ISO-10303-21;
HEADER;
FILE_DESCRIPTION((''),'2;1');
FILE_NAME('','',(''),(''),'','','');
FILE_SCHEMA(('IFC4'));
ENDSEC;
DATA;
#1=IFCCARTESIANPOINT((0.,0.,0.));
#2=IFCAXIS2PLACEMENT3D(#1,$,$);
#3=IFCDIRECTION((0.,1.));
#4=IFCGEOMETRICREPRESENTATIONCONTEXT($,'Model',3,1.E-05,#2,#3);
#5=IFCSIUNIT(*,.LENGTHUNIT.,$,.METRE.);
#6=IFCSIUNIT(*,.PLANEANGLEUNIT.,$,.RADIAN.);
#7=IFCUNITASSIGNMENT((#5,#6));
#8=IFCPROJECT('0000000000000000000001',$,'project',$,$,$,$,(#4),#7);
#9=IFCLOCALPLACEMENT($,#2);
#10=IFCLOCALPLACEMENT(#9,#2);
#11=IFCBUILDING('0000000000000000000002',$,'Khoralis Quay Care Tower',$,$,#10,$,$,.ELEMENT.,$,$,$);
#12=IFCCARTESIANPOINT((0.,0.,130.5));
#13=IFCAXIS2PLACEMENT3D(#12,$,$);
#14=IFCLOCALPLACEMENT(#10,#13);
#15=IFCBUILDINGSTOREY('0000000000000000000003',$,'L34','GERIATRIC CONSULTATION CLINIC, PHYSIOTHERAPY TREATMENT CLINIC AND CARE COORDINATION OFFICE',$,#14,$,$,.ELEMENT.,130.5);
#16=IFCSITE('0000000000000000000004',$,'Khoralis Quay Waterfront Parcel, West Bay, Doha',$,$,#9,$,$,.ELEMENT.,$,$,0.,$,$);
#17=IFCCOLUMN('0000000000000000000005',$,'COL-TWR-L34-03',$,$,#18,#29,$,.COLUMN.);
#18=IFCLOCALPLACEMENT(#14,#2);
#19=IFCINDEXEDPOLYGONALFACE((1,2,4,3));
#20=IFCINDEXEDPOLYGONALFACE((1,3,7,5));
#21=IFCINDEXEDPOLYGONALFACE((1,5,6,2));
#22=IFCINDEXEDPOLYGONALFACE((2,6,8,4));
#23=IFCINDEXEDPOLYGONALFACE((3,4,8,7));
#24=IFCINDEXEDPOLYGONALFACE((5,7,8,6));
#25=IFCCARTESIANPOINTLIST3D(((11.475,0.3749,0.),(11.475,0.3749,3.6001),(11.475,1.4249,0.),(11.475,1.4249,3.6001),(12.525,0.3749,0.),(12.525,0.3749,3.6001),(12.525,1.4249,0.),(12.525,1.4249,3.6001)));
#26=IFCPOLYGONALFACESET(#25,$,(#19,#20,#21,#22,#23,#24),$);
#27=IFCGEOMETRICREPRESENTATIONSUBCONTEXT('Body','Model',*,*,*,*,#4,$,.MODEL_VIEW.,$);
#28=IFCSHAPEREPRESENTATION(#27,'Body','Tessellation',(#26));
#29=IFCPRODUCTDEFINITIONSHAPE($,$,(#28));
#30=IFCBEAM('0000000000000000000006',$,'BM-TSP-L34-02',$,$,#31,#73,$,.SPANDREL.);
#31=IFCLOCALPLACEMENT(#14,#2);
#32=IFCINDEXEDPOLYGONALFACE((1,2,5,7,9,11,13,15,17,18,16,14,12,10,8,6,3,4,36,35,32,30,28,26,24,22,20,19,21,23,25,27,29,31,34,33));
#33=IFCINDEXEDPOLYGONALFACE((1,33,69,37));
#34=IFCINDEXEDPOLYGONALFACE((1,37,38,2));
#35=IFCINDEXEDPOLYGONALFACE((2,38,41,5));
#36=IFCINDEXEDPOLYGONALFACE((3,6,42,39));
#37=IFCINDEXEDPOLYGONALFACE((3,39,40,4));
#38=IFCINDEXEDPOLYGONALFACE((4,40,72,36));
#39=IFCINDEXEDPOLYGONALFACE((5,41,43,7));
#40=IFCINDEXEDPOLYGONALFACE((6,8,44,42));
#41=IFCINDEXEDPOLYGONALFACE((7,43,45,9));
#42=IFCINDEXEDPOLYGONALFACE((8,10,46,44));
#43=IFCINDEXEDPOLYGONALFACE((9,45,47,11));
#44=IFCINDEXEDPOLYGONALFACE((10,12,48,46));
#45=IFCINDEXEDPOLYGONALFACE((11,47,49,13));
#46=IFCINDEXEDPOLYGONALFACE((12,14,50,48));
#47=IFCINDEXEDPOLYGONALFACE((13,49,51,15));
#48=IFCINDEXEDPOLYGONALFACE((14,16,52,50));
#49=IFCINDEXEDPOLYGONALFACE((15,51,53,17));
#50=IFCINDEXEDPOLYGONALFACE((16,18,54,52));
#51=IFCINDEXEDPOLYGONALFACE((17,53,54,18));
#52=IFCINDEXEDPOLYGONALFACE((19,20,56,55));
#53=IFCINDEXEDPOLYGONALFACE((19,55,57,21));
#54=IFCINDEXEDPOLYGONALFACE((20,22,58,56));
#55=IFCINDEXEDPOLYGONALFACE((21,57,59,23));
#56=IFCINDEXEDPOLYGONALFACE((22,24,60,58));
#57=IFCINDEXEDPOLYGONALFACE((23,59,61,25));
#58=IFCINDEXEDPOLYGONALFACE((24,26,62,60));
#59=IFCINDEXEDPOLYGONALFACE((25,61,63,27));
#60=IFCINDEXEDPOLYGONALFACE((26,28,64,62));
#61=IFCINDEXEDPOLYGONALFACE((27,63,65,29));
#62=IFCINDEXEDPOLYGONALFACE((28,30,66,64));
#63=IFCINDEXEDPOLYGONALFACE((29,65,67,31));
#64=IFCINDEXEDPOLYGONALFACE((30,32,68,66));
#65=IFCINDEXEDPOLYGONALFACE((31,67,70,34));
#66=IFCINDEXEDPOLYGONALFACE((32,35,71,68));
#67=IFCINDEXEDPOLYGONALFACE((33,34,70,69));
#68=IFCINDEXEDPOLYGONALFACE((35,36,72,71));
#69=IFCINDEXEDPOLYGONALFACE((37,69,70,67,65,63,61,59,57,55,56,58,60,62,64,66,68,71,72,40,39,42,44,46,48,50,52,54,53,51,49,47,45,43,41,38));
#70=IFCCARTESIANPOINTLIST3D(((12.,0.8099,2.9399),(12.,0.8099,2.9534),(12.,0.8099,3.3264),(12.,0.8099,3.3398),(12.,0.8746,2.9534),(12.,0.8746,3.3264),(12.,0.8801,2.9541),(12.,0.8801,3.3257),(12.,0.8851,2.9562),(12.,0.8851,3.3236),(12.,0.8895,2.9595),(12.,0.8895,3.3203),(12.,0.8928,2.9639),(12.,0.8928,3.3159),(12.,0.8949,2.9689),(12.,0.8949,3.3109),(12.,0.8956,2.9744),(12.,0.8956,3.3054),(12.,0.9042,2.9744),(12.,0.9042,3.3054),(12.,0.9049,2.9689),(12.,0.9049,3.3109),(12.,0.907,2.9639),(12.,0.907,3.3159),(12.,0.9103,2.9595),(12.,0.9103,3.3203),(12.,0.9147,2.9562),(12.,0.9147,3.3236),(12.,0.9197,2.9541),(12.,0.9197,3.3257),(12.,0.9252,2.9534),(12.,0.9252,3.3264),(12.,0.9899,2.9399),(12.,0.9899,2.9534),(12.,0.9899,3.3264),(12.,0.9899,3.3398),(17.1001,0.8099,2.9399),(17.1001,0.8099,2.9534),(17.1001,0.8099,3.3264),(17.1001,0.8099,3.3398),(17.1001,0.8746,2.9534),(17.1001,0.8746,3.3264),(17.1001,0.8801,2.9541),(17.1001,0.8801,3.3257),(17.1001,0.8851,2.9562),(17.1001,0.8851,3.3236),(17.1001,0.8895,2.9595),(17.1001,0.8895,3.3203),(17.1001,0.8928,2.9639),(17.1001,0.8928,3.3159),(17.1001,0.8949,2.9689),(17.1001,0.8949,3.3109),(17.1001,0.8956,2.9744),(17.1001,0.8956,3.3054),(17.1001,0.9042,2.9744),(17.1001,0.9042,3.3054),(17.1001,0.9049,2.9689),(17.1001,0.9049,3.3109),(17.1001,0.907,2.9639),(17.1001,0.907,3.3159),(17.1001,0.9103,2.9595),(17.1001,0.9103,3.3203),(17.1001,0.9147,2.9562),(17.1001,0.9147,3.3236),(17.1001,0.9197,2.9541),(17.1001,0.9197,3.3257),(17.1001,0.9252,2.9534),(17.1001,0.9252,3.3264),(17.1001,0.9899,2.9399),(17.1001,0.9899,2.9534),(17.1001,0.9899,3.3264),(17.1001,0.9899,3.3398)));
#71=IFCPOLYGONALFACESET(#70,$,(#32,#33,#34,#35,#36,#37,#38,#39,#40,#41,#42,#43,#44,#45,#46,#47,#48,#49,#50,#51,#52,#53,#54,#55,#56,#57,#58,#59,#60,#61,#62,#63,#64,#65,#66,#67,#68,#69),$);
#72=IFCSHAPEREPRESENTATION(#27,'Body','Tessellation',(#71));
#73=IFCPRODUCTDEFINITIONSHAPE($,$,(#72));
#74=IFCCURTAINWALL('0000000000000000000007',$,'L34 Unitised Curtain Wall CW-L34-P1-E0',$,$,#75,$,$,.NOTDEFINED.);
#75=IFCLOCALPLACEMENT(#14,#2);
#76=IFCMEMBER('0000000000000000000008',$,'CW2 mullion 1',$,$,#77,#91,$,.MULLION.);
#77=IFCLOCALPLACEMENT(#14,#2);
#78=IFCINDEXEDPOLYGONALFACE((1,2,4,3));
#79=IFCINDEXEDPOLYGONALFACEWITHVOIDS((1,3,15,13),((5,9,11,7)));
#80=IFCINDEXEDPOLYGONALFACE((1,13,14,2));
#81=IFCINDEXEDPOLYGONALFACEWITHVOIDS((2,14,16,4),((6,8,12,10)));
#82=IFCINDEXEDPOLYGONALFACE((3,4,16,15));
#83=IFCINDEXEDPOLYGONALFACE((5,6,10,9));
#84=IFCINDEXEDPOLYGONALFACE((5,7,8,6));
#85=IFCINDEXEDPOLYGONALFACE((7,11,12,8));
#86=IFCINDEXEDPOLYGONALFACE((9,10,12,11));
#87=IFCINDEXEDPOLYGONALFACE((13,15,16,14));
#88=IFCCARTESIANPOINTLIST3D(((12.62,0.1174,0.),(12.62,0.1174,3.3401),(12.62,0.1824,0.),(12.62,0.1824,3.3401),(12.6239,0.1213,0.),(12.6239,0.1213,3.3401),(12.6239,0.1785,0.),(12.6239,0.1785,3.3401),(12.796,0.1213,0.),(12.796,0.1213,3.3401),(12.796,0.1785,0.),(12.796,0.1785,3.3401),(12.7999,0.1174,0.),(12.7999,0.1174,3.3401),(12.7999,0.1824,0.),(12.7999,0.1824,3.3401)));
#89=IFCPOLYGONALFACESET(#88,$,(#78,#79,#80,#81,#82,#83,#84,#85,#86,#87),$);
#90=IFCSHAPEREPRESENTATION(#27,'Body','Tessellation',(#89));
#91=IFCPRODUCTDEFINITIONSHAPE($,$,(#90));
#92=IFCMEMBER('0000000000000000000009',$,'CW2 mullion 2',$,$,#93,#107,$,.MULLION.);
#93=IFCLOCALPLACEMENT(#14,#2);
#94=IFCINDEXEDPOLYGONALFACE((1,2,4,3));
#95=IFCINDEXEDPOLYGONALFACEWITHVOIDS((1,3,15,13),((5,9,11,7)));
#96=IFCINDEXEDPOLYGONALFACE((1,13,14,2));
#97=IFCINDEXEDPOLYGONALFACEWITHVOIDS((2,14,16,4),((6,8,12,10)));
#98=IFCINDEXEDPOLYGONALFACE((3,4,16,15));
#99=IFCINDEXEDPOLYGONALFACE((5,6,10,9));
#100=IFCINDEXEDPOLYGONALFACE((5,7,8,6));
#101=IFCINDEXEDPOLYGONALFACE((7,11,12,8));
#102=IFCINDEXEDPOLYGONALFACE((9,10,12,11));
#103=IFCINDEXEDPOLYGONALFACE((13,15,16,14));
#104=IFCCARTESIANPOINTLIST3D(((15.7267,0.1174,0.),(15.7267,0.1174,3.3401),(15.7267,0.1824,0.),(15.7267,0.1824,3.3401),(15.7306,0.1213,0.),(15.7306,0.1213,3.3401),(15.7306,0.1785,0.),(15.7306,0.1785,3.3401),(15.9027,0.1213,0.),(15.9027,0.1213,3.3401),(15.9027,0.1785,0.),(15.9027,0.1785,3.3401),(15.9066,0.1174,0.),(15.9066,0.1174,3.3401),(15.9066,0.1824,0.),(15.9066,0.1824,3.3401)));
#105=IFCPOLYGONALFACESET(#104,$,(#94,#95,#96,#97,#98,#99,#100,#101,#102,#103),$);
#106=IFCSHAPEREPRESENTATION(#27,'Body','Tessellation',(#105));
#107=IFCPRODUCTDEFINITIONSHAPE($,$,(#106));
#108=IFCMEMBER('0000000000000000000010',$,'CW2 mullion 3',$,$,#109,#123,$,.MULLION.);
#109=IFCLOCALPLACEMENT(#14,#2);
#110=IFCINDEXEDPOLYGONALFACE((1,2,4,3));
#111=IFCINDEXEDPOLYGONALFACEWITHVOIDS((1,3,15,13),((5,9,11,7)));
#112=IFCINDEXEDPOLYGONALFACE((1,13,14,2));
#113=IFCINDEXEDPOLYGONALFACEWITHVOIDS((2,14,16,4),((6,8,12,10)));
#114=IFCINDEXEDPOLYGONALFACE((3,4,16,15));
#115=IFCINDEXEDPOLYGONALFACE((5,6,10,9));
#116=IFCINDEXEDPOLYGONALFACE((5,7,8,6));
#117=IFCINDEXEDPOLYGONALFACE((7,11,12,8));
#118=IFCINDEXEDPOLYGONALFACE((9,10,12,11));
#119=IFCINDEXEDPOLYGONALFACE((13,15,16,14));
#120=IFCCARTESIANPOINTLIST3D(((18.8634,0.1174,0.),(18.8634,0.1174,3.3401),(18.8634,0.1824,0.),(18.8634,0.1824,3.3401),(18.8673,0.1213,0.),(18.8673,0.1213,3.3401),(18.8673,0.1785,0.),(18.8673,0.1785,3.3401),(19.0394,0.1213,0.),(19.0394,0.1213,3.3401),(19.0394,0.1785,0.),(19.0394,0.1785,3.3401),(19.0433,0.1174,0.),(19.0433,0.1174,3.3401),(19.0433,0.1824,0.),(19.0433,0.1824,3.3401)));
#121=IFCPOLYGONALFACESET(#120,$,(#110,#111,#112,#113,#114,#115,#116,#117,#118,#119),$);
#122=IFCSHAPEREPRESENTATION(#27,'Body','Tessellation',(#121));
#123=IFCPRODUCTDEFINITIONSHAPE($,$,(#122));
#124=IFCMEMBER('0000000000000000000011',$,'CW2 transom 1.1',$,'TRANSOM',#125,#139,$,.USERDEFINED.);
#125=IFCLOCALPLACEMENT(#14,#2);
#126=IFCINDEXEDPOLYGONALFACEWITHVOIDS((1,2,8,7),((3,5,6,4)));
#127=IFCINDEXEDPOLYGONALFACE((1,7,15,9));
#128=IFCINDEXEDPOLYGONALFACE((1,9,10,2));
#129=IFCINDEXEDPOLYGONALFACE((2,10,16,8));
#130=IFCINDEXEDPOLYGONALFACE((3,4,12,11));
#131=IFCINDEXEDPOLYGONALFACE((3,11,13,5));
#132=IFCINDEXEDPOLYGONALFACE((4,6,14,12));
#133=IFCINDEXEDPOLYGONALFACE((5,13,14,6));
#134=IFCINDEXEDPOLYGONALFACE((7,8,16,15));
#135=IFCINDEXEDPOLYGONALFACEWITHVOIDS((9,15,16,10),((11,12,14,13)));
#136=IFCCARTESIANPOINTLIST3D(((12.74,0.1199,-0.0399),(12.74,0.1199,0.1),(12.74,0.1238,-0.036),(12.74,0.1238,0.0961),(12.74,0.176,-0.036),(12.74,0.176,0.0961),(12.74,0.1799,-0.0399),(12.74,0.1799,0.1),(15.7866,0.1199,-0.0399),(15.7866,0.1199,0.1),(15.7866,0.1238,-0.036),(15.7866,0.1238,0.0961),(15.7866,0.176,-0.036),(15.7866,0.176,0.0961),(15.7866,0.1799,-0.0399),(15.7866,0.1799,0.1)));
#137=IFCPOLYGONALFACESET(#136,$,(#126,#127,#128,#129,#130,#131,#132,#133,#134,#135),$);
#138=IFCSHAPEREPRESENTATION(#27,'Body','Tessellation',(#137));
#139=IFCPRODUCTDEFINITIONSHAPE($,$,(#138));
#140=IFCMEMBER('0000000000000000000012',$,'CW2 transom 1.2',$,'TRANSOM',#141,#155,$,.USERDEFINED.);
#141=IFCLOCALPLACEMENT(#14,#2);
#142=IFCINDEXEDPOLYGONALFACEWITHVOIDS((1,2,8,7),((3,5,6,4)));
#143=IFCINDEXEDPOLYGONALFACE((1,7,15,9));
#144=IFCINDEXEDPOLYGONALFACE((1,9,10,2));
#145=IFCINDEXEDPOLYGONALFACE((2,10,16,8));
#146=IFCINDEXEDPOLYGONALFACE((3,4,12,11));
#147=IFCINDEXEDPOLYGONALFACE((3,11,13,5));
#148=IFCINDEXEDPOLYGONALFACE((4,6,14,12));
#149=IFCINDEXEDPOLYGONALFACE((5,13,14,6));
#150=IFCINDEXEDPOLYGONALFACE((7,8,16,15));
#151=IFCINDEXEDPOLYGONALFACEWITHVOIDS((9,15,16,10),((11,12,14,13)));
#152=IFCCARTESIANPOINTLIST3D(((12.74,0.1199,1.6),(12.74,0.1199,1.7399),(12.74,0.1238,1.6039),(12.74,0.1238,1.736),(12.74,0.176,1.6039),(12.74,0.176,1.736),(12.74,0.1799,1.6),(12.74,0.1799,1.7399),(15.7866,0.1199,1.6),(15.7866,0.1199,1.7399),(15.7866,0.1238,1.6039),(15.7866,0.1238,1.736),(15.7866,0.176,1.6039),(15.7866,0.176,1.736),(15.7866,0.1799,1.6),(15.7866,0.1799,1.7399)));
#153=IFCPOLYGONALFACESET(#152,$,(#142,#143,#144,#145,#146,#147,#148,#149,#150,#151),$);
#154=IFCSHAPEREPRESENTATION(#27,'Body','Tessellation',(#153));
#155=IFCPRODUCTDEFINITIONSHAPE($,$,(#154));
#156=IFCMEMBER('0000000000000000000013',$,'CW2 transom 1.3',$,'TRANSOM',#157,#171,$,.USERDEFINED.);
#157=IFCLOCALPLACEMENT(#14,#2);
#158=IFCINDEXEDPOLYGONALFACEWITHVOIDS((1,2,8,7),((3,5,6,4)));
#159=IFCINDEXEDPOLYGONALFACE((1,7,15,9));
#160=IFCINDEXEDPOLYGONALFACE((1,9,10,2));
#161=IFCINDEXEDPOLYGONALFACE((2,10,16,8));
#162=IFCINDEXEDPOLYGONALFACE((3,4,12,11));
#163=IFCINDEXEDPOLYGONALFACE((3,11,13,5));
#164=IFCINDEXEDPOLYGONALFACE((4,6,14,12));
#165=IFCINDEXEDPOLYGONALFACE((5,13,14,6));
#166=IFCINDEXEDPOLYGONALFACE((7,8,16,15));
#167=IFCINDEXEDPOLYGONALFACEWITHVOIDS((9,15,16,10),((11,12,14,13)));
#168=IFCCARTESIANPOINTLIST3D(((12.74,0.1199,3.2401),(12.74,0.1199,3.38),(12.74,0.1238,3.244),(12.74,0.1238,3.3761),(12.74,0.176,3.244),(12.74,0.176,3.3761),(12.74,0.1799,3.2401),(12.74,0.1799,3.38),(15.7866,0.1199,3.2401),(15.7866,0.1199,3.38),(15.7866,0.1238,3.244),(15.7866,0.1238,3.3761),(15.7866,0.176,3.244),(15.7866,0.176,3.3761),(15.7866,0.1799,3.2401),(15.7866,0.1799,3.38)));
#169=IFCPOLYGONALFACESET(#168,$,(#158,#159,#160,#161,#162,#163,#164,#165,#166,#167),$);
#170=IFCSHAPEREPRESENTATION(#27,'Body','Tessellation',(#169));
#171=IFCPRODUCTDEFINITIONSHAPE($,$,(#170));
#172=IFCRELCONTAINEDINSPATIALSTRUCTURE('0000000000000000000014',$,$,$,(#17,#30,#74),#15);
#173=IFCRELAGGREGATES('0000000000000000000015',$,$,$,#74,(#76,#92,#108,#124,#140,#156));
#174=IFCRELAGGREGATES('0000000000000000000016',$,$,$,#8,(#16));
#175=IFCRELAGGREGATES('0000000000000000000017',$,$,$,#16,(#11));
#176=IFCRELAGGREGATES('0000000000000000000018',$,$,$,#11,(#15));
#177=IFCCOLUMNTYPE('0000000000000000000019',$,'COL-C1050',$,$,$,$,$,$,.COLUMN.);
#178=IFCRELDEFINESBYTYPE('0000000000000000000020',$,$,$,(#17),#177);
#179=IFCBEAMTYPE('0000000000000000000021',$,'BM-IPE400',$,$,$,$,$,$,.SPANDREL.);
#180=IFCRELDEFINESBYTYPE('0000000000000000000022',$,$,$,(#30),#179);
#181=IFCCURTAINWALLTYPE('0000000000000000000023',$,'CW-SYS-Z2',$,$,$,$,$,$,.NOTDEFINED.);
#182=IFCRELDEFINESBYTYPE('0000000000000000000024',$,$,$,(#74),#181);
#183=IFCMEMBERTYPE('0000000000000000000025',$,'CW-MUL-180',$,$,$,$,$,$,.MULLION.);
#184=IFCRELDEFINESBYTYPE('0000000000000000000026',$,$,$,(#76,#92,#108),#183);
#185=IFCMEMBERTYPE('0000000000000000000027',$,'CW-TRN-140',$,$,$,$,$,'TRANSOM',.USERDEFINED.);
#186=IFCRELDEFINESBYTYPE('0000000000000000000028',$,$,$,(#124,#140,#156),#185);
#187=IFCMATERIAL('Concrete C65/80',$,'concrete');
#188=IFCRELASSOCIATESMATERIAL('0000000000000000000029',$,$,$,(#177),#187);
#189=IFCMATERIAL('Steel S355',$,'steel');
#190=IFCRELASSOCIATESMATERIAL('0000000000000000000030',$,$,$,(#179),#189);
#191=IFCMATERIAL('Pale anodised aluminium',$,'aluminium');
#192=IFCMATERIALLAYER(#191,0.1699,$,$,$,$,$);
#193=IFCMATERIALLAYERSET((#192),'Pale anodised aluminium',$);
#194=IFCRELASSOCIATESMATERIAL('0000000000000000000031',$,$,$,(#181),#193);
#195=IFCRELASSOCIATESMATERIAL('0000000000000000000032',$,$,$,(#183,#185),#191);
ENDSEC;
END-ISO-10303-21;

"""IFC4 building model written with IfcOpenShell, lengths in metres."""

from ifc_helpers import new_model, si_unit, direction, frame, origin, origin_2d, place, context, subcontext, project, spatial, rectangle, hollow_rectangle, i_section, extrude, source, transform, mapped, material, layer, layer_set, material_profile, profile_set, type_object, element, aggregate, save


model = new_model("IFC4")

# Units and contexts
model_context = context("Model", 3, precision=1e-05, world=origin(), true_north=direction((0.0, 1.0)))
body_context = subcontext(model_context, "Body", "Model", "MODEL_VIEW")
ifc_project = project(units=[si_unit("LENGTHUNIT", "METRE"), si_unit("PLANEANGLEUNIT", "RADIAN")], contexts=[model_context])

# Site, building, storey
site_placement = place(None, origin())
site = spatial("IfcSite", under=ifc_project, at=site_placement, Name="Khoralis Quay Waterfront Parcel, West Bay, Doha", CompositionType="ELEMENT", RefElevation=0.0)
building_placement = place(site_placement, origin())
building = spatial("IfcBuilding", under=site, at=building_placement, Name="Khoralis Quay Care Tower", CompositionType="ELEMENT")
storey_placement = place(building_placement, frame((0.0, 0.0, 130.5)))
storey = spatial("IfcBuildingStorey", under=building, at=storey_placement, Name="L34", Description="GERIATRIC CONSULTATION CLINIC, PHYSIOTHERAPY TREATMENT CLINIC AND CARE COORDINATION OFFICE", CompositionType="ELEMENT", Elevation=130.5)

# Column
ifc_material_1 = material(Name="Concrete C65/80", Category="concrete")
ifc_material_profile_1 = material_profile(ifc_material_1, rectangle(XDim=1.05, YDim=1.05, at=origin_2d()), Name="Concrete C65/80")
ifc_profile_set_1 = profile_set([ifc_material_profile_1], Name="Concrete C65/80")
column_type = type_object("IfcColumnType", Name="COL-C1050", PredefinedType="COLUMN", material=ifc_profile_set_1)
shared_shape_1 = source(origin(), body_context, "Body", "SweptSolid", [
    extrude(rectangle(XDim=1.05, YDim=1.05, at=origin_2d()), origin(), (0.0, 0.0, 1.0), 3.6001),
])
column_placement = place(storey_placement, frame((12.0, 0.8999, 0.0), z_axis=(0.0, 0.0, 1.0), x_axis=(1.0, 0.0, 0.0)))
element("IfcColumn", 1, at=column_placement, inside=storey, type_object=column_type, Name="COL-TWR-L34-03", PredefinedType="COLUMN", context=body_context, shape_type="MappedRepresentation", body=[
    mapped(shared_shape_1, transform((0.0, 0.0, 0.0), scale=1.0)),
])

# Beam
ifc_material_2 = material(Name="Steel S355", Category="steel")
ifc_material_profile_2 = material_profile(ifc_material_2, i_section(OverallWidth=0.1799, OverallDepth=0.3999, WebThickness=0.0085, FlangeThickness=0.0134, FilletRadius=0.021, at=origin_2d()), Name="Steel S355")
ifc_profile_set_2 = profile_set([ifc_material_profile_2], Name="Steel S355")
beam_type = type_object("IfcBeamType", Name="BM-IPE400", PredefinedType="SPANDREL", material=ifc_profile_set_2)
shared_shape_2 = source(origin(), body_context, "Body", "SweptSolid", [
    extrude(i_section(OverallWidth=0.1799, OverallDepth=0.3999, WebThickness=0.0085, FlangeThickness=0.0134, FilletRadius=0.021, at=origin_2d()), origin(), (0.0, 0.0, 1.0), 5.1001),
])
beam_placement = place(storey_placement, frame((12.0, 0.8999, 3.1399), z_axis=(1.0, 0.0, 0.0), x_axis=(0.0, 1.0, 0.0)))
element("IfcBeam", 2, at=beam_placement, inside=storey, type_object=beam_type, Name="BM-TSP-L34-02", PredefinedType="SPANDREL", context=body_context, shape_type="MappedRepresentation", body=[
    mapped(shared_shape_2, transform((0.0, 0.0, 0.0), scale=1.0)),
])

# Curtain wall, members
ifc_material_3 = material(Name="Pale anodised aluminium", Category="aluminium")
ifc_layer_1 = layer(ifc_material_3, 0.1699)
ifc_layer_set_1 = layer_set([ifc_layer_1], Name="Pale anodised aluminium")
curtain_wall_type = type_object("IfcCurtainWallType", Name="CW-SYS-Z2", PredefinedType="NOTDEFINED", material=ifc_layer_set_1)
curtain_wall_placement = place(storey_placement, origin())
curtain_wall = element("IfcCurtainWall", 3, at=curtain_wall_placement, inside=storey, type_object=curtain_wall_type, Name="L34 Unitised Curtain Wall CW-L34-P1-E0", PredefinedType="NOTDEFINED")
ifc_material_profile_3 = material_profile(ifc_material_3, hollow_rectangle(XDim=0.0649, YDim=0.1799, WallThickness=0.0039, at=origin_2d()), Name="Pale anodised aluminium")
ifc_profile_set_3 = profile_set([ifc_material_profile_3], Name="Pale anodised aluminium")
member_type_1 = type_object("IfcMemberType", Name="CW-MUL-180", PredefinedType="MULLION", material=ifc_profile_set_3)
shared_shape_3 = source(origin(), body_context, "Body", "SweptSolid", [
    extrude(hollow_rectangle(XDim=0.0649, YDim=0.1799, WallThickness=0.0039, at=origin_2d()), origin(), (0.0, 0.0, 1.0), 3.3401),
])
member_1_placement = place(storey_placement, frame((12.71, 0.1499, 0.0), z_axis=(0.0, 0.0, 1.0), x_axis=(0.0, 1.0, 0.0)))
member_1 = element("IfcMember", 4, at=member_1_placement, type_object=member_type_1, Name="CW2 mullion 1", PredefinedType="MULLION", context=body_context, shape_type="MappedRepresentation", body=[
    mapped(shared_shape_3, transform((0.0, 0.0, 0.0), scale=1.0)),
])
member_2_placement = place(storey_placement, frame((15.8167, 0.1499, 0.0), z_axis=(0.0, 0.0, 1.0), x_axis=(0.0, 1.0, 0.0)))
member_2 = element("IfcMember", 5, at=member_2_placement, type_object=member_type_1, Name="CW2 mullion 2", PredefinedType="MULLION", context=body_context, shape_type="MappedRepresentation", body=[
    mapped(shared_shape_3, transform((0.0, 0.0, 0.0), scale=1.0)),
])
member_3_placement = place(storey_placement, frame((18.9534, 0.1499, 0.0), z_axis=(0.0, 0.0, 1.0), x_axis=(0.0, 1.0, 0.0)))
member_3 = element("IfcMember", 6, at=member_3_placement, type_object=member_type_1, Name="CW2 mullion 3", PredefinedType="MULLION", context=body_context, shape_type="MappedRepresentation", body=[
    mapped(shared_shape_3, transform((0.0, 0.0, 0.0), scale=1.0)),
])
ifc_material_profile_4 = material_profile(ifc_material_3, hollow_rectangle(XDim=0.0601, YDim=0.1399, WallThickness=0.0039, at=origin_2d()), Name="Pale anodised aluminium")
ifc_profile_set_4 = profile_set([ifc_material_profile_4], Name="Pale anodised aluminium")
member_type_2 = type_object("IfcMemberType", Name="CW-TRN-140", ElementType="TRANSOM", PredefinedType="USERDEFINED", material=ifc_profile_set_4)
shared_shape_4 = source(origin(), body_context, "Body", "SweptSolid", [
    extrude(hollow_rectangle(XDim=0.0601, YDim=0.1399, WallThickness=0.0039, at=origin_2d()), origin(), (0.0, 0.0, 1.0), 3.0466),
])
member_4_placement = place(storey_placement, frame((12.74, 0.1499, 0.03), z_axis=(1.0, 0.0, 0.0), x_axis=(0.0, 1.0, 0.0)))
member_4 = element("IfcMember", 7, at=member_4_placement, type_object=member_type_2, Name="CW2 transom 1.1", ObjectType="TRANSOM", PredefinedType="USERDEFINED", context=body_context, shape_type="MappedRepresentation", body=[
    mapped(shared_shape_4, transform((0.0, 0.0, 0.0), scale=1.0)),
])
member_5_placement = place(storey_placement, frame((12.74, 0.1499, 1.6699), z_axis=(1.0, 0.0, 0.0), x_axis=(0.0, 1.0, 0.0)))
member_5 = element("IfcMember", 8, at=member_5_placement, type_object=member_type_2, Name="CW2 transom 1.2", ObjectType="TRANSOM", PredefinedType="USERDEFINED", context=body_context, shape_type="MappedRepresentation", body=[
    mapped(shared_shape_4, transform((0.0, 0.0, 0.0), scale=1.0)),
])
member_6_placement = place(storey_placement, frame((12.74, 0.1499, 3.3101), z_axis=(1.0, 0.0, 0.0), x_axis=(0.0, 1.0, 0.0)))
member_6 = element("IfcMember", 9, at=member_6_placement, type_object=member_type_2, Name="CW2 transom 1.3", ObjectType="TRANSOM", PredefinedType="USERDEFINED", context=body_context, shape_type="MappedRepresentation", body=[
    mapped(shared_shape_4, transform((0.0, 0.0, 0.0), scale=1.0)),
])
aggregate(curtain_wall, [member_1, member_2, member_3, member_4, member_5, member_6])

save(model, "model.ifc")
